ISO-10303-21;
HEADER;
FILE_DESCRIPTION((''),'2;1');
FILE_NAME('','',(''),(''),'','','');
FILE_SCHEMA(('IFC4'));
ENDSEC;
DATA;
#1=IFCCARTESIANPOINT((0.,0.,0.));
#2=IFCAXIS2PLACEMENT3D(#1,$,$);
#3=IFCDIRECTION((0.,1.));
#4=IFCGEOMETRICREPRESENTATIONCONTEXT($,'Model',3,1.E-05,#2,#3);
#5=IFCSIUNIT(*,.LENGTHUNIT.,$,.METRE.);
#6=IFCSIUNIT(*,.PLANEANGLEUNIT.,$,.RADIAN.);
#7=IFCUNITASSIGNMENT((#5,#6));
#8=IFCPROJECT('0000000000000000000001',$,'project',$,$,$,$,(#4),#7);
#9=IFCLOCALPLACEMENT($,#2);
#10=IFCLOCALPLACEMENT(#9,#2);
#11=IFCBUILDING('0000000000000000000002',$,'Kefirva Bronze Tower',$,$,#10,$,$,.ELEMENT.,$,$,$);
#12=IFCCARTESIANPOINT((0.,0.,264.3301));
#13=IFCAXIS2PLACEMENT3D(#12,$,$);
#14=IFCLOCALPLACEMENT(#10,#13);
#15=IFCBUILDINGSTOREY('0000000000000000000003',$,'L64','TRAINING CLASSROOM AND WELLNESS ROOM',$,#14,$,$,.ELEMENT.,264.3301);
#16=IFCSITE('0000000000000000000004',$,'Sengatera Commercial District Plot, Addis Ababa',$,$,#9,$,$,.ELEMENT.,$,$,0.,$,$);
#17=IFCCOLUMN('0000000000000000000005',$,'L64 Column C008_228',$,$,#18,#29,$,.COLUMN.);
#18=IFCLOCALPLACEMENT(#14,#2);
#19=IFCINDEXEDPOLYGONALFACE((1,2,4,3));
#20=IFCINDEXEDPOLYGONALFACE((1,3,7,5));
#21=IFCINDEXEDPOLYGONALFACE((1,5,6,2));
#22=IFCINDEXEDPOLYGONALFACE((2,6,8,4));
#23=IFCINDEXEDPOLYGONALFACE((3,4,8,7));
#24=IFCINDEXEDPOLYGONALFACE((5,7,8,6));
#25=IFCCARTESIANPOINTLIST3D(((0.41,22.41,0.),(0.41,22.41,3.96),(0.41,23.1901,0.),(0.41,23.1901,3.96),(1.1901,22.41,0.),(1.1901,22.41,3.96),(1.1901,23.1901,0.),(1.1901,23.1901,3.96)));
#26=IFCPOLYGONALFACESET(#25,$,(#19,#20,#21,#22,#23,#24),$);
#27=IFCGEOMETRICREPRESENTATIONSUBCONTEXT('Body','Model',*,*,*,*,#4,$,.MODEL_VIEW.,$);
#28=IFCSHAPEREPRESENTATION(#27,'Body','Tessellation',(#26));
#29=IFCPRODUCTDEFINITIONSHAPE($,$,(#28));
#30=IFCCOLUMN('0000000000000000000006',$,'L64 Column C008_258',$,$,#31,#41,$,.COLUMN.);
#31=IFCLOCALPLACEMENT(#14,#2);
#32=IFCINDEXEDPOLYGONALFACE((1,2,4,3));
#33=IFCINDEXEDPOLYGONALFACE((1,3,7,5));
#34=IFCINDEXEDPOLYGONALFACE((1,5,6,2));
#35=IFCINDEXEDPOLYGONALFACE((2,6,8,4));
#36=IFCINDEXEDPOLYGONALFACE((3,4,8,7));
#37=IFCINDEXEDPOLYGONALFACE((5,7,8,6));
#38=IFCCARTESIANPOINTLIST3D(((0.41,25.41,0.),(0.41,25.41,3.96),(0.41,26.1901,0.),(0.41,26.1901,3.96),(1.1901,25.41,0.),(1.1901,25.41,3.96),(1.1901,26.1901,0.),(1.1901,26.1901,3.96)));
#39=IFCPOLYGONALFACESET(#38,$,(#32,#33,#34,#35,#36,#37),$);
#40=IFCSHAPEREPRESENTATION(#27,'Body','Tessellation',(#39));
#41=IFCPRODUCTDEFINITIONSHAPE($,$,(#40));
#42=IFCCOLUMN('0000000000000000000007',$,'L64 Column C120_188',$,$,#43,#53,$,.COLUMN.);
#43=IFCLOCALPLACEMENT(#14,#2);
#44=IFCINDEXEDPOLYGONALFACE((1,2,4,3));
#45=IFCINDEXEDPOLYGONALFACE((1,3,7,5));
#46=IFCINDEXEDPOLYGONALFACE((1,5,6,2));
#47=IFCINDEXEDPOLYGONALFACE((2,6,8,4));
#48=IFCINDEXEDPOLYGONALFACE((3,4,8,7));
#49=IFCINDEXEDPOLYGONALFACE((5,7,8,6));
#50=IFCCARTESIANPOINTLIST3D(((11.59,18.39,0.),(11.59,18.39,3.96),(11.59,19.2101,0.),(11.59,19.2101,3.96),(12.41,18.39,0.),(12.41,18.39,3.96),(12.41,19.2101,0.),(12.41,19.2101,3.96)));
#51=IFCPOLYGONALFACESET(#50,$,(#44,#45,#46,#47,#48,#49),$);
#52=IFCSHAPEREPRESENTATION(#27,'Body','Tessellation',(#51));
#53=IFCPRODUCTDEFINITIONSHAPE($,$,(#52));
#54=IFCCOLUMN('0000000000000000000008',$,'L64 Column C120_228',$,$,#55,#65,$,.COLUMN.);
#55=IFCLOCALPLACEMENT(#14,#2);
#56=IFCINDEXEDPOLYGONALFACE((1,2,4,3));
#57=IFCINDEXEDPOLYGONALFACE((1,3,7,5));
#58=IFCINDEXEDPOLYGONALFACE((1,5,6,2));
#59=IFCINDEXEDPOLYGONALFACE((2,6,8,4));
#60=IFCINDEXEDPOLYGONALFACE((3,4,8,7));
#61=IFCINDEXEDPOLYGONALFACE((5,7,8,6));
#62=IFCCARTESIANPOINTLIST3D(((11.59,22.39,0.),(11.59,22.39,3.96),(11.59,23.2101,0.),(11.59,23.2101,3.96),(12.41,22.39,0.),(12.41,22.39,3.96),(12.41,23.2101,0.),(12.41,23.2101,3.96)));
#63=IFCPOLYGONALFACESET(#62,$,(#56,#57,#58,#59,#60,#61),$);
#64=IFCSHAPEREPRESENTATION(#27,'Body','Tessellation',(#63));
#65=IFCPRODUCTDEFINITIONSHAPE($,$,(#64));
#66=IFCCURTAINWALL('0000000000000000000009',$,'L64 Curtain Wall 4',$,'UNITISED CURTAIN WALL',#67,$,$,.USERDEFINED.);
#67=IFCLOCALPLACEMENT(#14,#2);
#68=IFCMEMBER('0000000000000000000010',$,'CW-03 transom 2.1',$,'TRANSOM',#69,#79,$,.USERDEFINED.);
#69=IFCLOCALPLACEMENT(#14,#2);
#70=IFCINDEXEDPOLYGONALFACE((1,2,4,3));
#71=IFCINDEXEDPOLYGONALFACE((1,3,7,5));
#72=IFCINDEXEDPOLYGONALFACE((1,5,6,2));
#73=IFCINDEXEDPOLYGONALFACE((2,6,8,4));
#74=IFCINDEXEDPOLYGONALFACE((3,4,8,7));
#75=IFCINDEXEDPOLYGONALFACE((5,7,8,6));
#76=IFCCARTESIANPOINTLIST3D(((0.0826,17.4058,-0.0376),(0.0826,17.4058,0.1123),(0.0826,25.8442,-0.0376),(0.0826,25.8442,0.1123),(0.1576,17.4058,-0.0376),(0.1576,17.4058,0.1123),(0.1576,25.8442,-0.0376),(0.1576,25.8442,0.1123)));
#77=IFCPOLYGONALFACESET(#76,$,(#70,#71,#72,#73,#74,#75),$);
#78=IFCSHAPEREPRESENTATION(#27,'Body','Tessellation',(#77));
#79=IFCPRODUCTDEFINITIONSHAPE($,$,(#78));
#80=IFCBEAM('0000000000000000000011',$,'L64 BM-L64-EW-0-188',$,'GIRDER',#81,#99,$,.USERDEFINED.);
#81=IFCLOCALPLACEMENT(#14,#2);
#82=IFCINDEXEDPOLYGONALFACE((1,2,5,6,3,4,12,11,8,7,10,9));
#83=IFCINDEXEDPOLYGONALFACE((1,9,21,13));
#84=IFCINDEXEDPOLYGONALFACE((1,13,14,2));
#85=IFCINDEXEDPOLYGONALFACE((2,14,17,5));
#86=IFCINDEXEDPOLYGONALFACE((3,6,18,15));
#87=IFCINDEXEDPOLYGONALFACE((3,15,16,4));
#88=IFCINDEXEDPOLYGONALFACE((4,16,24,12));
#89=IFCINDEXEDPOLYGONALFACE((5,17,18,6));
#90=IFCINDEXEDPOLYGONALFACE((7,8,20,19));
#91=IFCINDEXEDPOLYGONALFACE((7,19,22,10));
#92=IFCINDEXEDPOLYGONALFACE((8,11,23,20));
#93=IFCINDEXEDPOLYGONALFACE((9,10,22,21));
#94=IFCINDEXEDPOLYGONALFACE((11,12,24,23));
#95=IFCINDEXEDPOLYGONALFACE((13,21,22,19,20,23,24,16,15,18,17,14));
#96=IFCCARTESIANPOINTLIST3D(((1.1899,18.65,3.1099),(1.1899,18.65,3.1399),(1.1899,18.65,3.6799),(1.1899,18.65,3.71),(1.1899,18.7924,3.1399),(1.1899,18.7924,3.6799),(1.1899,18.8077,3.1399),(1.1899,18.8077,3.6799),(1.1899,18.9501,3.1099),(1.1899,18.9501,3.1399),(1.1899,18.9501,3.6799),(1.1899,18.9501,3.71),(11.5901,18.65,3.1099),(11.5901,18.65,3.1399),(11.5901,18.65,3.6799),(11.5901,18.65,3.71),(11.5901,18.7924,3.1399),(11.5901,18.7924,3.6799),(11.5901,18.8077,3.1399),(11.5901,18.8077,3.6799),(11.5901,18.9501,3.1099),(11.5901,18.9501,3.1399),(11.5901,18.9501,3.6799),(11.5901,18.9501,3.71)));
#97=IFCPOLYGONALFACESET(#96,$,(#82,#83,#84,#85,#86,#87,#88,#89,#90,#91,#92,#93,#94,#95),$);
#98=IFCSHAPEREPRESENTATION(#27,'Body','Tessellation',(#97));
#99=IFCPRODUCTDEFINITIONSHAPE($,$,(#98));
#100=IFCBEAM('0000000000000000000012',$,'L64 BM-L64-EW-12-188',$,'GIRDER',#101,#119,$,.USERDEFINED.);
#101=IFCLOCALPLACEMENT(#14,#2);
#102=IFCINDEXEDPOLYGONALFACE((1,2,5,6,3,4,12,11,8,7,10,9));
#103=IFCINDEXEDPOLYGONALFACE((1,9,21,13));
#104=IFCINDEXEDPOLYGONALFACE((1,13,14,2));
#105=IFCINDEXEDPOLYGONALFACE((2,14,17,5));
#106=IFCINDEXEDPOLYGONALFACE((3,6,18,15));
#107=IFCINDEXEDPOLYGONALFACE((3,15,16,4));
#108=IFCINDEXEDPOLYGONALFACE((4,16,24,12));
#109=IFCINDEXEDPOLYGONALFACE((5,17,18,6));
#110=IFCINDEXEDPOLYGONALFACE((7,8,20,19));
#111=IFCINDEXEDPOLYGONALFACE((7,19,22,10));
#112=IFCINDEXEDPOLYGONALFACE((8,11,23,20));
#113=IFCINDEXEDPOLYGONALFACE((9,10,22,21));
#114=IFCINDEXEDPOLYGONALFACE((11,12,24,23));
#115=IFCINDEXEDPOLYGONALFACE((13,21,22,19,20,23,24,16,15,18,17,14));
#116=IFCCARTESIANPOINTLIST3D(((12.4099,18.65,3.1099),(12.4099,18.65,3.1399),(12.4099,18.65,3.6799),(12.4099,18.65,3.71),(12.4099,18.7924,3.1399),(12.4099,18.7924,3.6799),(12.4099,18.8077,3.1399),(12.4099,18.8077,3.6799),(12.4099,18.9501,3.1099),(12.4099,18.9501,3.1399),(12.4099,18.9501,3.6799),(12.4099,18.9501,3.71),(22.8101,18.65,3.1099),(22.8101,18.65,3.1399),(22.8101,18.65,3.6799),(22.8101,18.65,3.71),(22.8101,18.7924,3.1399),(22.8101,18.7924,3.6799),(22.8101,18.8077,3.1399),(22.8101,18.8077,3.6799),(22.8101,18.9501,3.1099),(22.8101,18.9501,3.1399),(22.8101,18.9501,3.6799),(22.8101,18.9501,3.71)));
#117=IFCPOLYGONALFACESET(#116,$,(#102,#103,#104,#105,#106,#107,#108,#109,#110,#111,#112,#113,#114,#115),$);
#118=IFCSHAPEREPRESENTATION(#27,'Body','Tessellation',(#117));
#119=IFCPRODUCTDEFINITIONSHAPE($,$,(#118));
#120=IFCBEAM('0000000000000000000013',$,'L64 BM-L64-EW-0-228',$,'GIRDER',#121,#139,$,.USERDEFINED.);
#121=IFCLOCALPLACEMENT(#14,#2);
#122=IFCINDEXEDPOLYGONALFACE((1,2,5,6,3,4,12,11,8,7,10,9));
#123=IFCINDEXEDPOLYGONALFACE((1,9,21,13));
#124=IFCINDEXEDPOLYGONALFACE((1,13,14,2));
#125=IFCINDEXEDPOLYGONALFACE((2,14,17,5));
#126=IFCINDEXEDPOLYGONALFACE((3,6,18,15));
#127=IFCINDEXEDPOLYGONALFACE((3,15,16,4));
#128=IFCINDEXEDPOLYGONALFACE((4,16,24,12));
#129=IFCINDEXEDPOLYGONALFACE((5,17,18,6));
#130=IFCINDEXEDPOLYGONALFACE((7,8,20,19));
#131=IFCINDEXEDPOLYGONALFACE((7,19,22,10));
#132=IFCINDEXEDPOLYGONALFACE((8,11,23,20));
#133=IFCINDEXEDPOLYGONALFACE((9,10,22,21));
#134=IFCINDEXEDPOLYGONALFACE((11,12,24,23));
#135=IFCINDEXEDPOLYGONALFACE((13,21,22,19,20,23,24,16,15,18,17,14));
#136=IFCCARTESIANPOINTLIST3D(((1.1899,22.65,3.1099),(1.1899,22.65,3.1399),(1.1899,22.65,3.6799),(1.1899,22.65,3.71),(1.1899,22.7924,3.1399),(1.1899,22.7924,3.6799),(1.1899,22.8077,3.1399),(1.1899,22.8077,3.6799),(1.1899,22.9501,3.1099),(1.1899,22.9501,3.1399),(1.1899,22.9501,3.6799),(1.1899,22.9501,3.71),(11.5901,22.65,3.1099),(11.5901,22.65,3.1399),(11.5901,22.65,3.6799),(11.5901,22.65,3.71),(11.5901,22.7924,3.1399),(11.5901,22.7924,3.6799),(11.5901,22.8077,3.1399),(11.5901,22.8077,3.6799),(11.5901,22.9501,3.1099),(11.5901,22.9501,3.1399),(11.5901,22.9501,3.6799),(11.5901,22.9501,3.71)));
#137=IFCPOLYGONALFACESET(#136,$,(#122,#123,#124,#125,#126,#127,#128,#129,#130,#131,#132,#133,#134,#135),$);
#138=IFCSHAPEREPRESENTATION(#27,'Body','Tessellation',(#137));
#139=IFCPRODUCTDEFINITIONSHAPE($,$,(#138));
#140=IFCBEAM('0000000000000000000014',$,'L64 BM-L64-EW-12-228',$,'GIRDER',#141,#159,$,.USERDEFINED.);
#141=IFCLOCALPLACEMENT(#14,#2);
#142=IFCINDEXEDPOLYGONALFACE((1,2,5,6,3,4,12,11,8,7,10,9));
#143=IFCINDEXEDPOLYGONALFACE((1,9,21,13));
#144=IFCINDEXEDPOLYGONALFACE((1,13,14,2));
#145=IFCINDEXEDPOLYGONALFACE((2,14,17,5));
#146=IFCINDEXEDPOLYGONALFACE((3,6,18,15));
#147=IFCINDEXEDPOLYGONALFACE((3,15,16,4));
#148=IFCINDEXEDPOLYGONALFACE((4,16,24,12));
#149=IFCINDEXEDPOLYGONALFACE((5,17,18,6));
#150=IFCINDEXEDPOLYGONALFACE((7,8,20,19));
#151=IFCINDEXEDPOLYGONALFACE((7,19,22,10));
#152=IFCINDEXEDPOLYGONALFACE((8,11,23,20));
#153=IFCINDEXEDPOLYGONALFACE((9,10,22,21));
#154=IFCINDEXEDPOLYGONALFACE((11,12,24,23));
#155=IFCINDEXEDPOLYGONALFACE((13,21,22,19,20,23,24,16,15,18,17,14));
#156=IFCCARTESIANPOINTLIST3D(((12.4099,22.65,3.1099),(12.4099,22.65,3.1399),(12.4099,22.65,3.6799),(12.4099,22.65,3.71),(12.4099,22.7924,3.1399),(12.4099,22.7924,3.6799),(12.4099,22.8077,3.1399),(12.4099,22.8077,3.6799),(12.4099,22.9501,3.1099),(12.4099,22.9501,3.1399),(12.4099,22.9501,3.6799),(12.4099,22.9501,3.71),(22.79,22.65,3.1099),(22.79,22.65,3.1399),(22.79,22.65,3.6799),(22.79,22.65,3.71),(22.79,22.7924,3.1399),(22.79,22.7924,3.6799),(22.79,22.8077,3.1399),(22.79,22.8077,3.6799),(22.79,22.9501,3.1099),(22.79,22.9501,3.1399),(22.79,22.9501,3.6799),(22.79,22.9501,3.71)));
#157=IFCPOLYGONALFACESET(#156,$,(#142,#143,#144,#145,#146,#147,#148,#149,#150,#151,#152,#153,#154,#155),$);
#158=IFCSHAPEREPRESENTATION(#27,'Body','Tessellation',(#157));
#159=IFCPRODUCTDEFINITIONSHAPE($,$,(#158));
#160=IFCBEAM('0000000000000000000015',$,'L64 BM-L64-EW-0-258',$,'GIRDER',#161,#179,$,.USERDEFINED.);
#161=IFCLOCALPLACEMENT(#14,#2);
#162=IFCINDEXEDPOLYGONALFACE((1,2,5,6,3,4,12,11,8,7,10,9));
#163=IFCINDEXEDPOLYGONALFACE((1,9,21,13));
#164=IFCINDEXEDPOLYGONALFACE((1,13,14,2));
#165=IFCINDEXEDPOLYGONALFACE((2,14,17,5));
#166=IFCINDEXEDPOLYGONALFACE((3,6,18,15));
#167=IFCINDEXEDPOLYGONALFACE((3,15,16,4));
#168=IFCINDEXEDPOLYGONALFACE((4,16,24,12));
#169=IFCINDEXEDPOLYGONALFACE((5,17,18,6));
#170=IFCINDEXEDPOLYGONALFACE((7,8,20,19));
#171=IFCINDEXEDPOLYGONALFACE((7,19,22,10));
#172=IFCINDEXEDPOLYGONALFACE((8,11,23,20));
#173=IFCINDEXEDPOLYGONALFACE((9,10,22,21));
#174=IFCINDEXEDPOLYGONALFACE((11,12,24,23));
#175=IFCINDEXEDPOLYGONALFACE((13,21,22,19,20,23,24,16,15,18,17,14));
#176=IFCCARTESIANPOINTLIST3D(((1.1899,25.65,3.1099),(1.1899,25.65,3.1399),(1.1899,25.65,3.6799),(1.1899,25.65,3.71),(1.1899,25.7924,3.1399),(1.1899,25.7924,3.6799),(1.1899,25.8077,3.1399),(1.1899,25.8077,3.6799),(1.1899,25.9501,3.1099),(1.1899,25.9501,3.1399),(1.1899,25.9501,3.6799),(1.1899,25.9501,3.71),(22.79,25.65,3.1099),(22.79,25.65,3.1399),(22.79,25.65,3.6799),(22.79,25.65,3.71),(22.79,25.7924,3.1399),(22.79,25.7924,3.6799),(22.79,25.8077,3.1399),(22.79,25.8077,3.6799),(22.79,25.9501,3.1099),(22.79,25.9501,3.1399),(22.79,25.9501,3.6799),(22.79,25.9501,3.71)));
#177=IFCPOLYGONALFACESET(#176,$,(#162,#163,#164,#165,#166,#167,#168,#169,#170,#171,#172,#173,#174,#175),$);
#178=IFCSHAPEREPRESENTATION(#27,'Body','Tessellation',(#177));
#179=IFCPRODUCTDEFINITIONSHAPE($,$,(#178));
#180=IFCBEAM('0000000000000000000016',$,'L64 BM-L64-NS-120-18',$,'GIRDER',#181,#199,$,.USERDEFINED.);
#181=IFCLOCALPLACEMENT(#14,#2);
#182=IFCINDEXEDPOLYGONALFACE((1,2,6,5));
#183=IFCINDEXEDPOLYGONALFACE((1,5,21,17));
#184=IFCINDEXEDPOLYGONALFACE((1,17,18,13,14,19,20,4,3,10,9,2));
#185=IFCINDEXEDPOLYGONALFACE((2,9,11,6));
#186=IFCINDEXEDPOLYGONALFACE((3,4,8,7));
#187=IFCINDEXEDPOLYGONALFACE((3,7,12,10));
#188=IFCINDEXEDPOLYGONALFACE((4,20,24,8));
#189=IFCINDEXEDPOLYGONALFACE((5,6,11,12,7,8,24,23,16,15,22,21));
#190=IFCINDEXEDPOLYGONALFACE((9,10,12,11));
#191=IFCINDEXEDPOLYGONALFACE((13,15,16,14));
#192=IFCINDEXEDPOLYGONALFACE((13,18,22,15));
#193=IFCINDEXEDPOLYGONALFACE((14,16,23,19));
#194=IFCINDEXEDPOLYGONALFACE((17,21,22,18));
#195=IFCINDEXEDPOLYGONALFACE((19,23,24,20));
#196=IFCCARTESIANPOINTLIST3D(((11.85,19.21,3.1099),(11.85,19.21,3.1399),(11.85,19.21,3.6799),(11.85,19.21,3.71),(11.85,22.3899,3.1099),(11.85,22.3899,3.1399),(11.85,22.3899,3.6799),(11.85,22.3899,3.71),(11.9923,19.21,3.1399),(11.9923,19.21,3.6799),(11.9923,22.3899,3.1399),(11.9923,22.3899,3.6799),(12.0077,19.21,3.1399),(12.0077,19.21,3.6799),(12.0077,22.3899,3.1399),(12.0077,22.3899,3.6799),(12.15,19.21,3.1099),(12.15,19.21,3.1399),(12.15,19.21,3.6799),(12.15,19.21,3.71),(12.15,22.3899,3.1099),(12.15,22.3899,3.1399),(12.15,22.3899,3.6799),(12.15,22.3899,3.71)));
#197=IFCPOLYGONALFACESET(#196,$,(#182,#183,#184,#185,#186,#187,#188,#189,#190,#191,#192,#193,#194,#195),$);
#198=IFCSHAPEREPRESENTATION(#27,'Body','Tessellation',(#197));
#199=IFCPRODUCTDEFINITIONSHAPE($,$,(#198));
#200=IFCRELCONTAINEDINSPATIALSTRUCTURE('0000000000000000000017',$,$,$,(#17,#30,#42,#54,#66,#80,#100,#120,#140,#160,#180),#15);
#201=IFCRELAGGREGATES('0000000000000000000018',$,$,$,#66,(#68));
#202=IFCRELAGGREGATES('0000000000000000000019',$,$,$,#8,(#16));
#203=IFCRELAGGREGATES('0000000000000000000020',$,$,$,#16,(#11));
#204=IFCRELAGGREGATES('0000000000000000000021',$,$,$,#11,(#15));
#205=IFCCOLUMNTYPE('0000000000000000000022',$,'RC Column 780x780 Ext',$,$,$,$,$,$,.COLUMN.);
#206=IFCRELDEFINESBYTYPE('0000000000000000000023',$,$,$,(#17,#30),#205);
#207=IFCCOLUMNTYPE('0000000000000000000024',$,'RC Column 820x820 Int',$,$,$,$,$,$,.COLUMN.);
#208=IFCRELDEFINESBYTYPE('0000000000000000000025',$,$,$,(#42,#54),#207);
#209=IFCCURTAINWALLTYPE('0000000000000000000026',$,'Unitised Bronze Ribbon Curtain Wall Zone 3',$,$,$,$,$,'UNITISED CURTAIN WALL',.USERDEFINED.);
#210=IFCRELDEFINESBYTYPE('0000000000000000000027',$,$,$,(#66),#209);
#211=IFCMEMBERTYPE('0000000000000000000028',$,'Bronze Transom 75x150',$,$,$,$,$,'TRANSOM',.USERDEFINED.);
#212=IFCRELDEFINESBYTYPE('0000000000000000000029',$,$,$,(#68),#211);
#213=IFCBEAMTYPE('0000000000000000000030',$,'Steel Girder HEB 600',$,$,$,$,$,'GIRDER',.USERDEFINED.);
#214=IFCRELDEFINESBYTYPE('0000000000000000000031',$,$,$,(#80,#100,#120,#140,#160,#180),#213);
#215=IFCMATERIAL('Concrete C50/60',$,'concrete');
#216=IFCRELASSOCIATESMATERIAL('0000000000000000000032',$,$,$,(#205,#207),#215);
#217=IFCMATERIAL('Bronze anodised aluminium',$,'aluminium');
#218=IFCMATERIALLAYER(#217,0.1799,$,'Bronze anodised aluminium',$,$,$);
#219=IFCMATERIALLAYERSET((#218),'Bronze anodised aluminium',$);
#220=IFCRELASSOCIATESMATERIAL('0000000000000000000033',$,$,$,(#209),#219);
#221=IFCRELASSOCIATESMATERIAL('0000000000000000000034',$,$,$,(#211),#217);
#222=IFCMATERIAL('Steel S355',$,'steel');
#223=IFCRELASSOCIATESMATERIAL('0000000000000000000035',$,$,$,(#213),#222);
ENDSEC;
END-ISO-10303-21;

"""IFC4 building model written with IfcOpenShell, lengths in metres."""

from ifc_helpers import new_model, si_unit, direction, frame, origin, origin_2d, place, context, subcontext, project, spatial, rectangle, i_section, extrude, material, layer, layer_set, material_profile, profile_set, type_object, element, aggregate, save


model = new_model("IFC4")

# Units and contexts
model_context = context("Model", 3, precision=1e-05, world=origin(), true_north=direction((0.0, 1.0)))
body_context = subcontext(model_context, "Body", "Model", "MODEL_VIEW")
ifc_project = project(units=[si_unit("LENGTHUNIT", "METRE"), si_unit("PLANEANGLEUNIT", "RADIAN")], contexts=[model_context])

# Site, building, storey
site_placement = place(None, origin())
site = spatial("IfcSite", under=ifc_project, at=site_placement, Name="Sengatera Commercial District Plot, Addis Ababa", CompositionType="ELEMENT", RefElevation=0.0)
building_placement = place(site_placement, origin())
building = spatial("IfcBuilding", under=site, at=building_placement, Name="Kefirva Bronze Tower", CompositionType="ELEMENT")
storey_placement = place(building_placement, frame((0.0, 0.0, 264.3301)))
storey = spatial("IfcBuildingStorey", under=building, at=storey_placement, Name="L64", Description="TRAINING CLASSROOM AND WELLNESS ROOM", CompositionType="ELEMENT", Elevation=264.3301)

# Columns
ifc_material_1 = material(Name="Concrete C50/60", Category="concrete")
ifc_material_profile_1 = material_profile(ifc_material_1, rectangle(XDim=0.78, YDim=0.78, at=origin_2d()), Name="RC 780x780")
ifc_profile_set_1 = profile_set([ifc_material_profile_1], Name="Concrete C50/60")
column_type_1 = type_object("IfcColumnType", Name="RC Column 780x780 Ext", PredefinedType="COLUMN", material=ifc_profile_set_1)
for number, where, z_axis, x_axis, name in (
    (1, (0.8, 22.8, 0.0), (0.0, 0.0, 1.0), (1.0, 0.0, 0.0), "L64 Column C008_228"),
    (2, (0.8, 25.8, 0.0), (0.0, 0.0, 1.0), (1.0, 0.0, 0.0), "L64 Column C008_258"),
):
    element("IfcColumn", number, at=place(storey_placement, frame(where, z_axis=z_axis, x_axis=x_axis)), inside=storey, type_object=column_type_1, Name=name, PredefinedType="COLUMN", context=body_context, shape_type="SweptSolid", body=[
        extrude(rectangle(XDim=0.78, YDim=0.78, at=origin_2d()), origin(), (0.0, 0.0, 1.0), 3.96),
    ])
ifc_material_profile_2 = material_profile(ifc_material_1, rectangle(XDim=0.8201, YDim=0.8201, at=origin_2d()), Name="RC 820x820")
ifc_profile_set_2 = profile_set([ifc_material_profile_2], Name="Concrete C50/60")
column_type_2 = type_object("IfcColumnType", Name="RC Column 820x820 Int", PredefinedType="COLUMN", material=ifc_profile_set_2)
for number, where, z_axis, x_axis, name in (
    (3, (12.0, 18.8, 0.0), (0.0, 0.0, 1.0), (1.0, 0.0, 0.0), "L64 Column C120_188"),
    (4, (12.0, 22.8, 0.0), (0.0, 0.0, 1.0), (1.0, 0.0, 0.0), "L64 Column C120_228"),
):
    element("IfcColumn", number, at=place(storey_placement, frame(where, z_axis=z_axis, x_axis=x_axis)), inside=storey, type_object=column_type_2, Name=name, PredefinedType="COLUMN", context=body_context, shape_type="SweptSolid", body=[
        extrude(rectangle(XDim=0.8201, YDim=0.8201, at=origin_2d()), origin(), (0.0, 0.0, 1.0), 3.96),
    ])

# Curtain wall, member
ifc_material_2 = material(Name="Bronze anodised aluminium", Category="aluminium")
ifc_layer_1 = layer(ifc_material_2, 0.1799, Name="Bronze anodised aluminium")
ifc_layer_set_1 = layer_set([ifc_layer_1], Name="Bronze anodised aluminium")
curtain_wall_type = type_object("IfcCurtainWallType", Name="Unitised Bronze Ribbon Curtain Wall Zone 3", ElementType="UNITISED CURTAIN WALL", PredefinedType="USERDEFINED", material=ifc_layer_set_1)
curtain_wall_placement = place(storey_placement, origin())
curtain_wall = element("IfcCurtainWall", 5, at=curtain_wall_placement, inside=storey, type_object=curtain_wall_type, Name="L64 Curtain Wall 4", ObjectType="UNITISED CURTAIN WALL", PredefinedType="USERDEFINED")
ifc_material_profile_3 = material_profile(ifc_material_2, rectangle(XDim=0.075, YDim=0.1499, at=origin_2d()), Name="ALU 75x150")
ifc_profile_set_3 = profile_set([ifc_material_profile_3], Name="Bronze anodised aluminium")
member_type = type_object("IfcMemberType", Name="Bronze Transom 75x150", ElementType="TRANSOM", PredefinedType="USERDEFINED", material=ifc_profile_set_3)
member_placement = place(storey_placement, frame((0.1201, 25.8442, 0.0374), z_axis=(0.0, -1.0, 0.0), x_axis=(1.0, 0.0, 0.0)))
member = element("IfcMember", 6, at=member_placement, type_object=member_type, Name="CW-03 transom 2.1", ObjectType="TRANSOM", PredefinedType="USERDEFINED", context=body_context, shape_type="SweptSolid", body=[
    extrude(rectangle(XDim=0.075, YDim=0.1499, at=origin_2d()), origin(), (0.0, 0.0, 1.0), 8.4385),
])

# Beams
ifc_material_3 = material(Name="Steel S355", Category="steel")
ifc_material_profile_4 = material_profile(ifc_material_3, i_section(OverallWidth=0.3, OverallDepth=0.6001, WebThickness=0.0154, FlangeThickness=0.03, at=origin_2d()), Name="HEB 600")
ifc_profile_set_4 = profile_set([ifc_material_profile_4], Name="Steel S355")
beam_type_1 = type_object("IfcBeamType", Name="Steel Girder HEB 600", ElementType="GIRDER", PredefinedType="USERDEFINED", material=ifc_profile_set_4)
for number, where, z_axis, x_axis, name in (
    (7, (1.1899, 18.8, 3.4099), (1.0, 0.0, 0.0), (0.0, 1.0, 0.0), "L64 BM-L64-EW-0-188"),
    (8, (12.4099, 18.8, 3.4099), (1.0, 0.0, 0.0), (0.0, 1.0, 0.0), "L64 BM-L64-EW-12-188"),
    (9, (1.1899, 22.8, 3.4099), (1.0, 0.0, 0.0), (0.0, 1.0, 0.0), "L64 BM-L64-EW-0-228"),
):
    element("IfcBeam", number, at=place(storey_placement, frame(where, z_axis=z_axis, x_axis=x_axis)), inside=storey, type_object=beam_type_1, Name=name, ObjectType="GIRDER", PredefinedType="USERDEFINED", context=body_context, shape_type="SweptSolid", body=[
        extrude(i_section(OverallWidth=0.3, OverallDepth=0.6001, WebThickness=0.0154, FlangeThickness=0.03, at=origin_2d()), origin(), (0.0, 0.0, 1.0), 10.4001),
    ])
beam_1_placement = place(storey_placement, frame((12.4099, 22.8, 3.4099), z_axis=(1.0, 0.0, 0.0), x_axis=(0.0, 1.0, 0.0)))
element("IfcBeam", 10, at=beam_1_placement, inside=storey, type_object=beam_type_1, Name="L64 BM-L64-EW-12-228", ObjectType="GIRDER", PredefinedType="USERDEFINED", context=body_context, shape_type="SweptSolid", body=[
    extrude(i_section(OverallWidth=0.3, OverallDepth=0.6001, WebThickness=0.0154, FlangeThickness=0.03, at=origin_2d()), origin(), (0.0, 0.0, 1.0), 10.3801),
])
beam_2_placement = place(storey_placement, frame((1.1899, 25.8, 3.4099), z_axis=(1.0, 0.0, 0.0), x_axis=(0.0, 1.0, 0.0)))
element("IfcBeam", 11, at=beam_2_placement, inside=storey, type_object=beam_type_1, Name="L64 BM-L64-EW-0-258", ObjectType="GIRDER", PredefinedType="USERDEFINED", context=body_context, shape_type="SweptSolid", body=[
    extrude(i_section(OverallWidth=0.3, OverallDepth=0.6001, WebThickness=0.0154, FlangeThickness=0.03, at=origin_2d()), origin(), (0.0, 0.0, 1.0), 21.6001),
])
beam_3_placement = place(storey_placement, frame((12.0, 19.21, 3.4099), z_axis=(0.0, 1.0, 0.0), x_axis=(-1.0, 0.0, 0.0)))
element("IfcBeam", 12, at=beam_3_placement, inside=storey, type_object=beam_type_1, Name="L64 BM-L64-NS-120-18", ObjectType="GIRDER", PredefinedType="USERDEFINED", context=body_context, shape_type="SweptSolid", body=[
    extrude(i_section(OverallWidth=0.3, OverallDepth=0.6001, WebThickness=0.0154, FlangeThickness=0.03, at=origin_2d()), origin(), (0.0, 0.0, 1.0), 3.1799),
])

aggregate(curtain_wall, [member])

save(model, "model.ifc")
